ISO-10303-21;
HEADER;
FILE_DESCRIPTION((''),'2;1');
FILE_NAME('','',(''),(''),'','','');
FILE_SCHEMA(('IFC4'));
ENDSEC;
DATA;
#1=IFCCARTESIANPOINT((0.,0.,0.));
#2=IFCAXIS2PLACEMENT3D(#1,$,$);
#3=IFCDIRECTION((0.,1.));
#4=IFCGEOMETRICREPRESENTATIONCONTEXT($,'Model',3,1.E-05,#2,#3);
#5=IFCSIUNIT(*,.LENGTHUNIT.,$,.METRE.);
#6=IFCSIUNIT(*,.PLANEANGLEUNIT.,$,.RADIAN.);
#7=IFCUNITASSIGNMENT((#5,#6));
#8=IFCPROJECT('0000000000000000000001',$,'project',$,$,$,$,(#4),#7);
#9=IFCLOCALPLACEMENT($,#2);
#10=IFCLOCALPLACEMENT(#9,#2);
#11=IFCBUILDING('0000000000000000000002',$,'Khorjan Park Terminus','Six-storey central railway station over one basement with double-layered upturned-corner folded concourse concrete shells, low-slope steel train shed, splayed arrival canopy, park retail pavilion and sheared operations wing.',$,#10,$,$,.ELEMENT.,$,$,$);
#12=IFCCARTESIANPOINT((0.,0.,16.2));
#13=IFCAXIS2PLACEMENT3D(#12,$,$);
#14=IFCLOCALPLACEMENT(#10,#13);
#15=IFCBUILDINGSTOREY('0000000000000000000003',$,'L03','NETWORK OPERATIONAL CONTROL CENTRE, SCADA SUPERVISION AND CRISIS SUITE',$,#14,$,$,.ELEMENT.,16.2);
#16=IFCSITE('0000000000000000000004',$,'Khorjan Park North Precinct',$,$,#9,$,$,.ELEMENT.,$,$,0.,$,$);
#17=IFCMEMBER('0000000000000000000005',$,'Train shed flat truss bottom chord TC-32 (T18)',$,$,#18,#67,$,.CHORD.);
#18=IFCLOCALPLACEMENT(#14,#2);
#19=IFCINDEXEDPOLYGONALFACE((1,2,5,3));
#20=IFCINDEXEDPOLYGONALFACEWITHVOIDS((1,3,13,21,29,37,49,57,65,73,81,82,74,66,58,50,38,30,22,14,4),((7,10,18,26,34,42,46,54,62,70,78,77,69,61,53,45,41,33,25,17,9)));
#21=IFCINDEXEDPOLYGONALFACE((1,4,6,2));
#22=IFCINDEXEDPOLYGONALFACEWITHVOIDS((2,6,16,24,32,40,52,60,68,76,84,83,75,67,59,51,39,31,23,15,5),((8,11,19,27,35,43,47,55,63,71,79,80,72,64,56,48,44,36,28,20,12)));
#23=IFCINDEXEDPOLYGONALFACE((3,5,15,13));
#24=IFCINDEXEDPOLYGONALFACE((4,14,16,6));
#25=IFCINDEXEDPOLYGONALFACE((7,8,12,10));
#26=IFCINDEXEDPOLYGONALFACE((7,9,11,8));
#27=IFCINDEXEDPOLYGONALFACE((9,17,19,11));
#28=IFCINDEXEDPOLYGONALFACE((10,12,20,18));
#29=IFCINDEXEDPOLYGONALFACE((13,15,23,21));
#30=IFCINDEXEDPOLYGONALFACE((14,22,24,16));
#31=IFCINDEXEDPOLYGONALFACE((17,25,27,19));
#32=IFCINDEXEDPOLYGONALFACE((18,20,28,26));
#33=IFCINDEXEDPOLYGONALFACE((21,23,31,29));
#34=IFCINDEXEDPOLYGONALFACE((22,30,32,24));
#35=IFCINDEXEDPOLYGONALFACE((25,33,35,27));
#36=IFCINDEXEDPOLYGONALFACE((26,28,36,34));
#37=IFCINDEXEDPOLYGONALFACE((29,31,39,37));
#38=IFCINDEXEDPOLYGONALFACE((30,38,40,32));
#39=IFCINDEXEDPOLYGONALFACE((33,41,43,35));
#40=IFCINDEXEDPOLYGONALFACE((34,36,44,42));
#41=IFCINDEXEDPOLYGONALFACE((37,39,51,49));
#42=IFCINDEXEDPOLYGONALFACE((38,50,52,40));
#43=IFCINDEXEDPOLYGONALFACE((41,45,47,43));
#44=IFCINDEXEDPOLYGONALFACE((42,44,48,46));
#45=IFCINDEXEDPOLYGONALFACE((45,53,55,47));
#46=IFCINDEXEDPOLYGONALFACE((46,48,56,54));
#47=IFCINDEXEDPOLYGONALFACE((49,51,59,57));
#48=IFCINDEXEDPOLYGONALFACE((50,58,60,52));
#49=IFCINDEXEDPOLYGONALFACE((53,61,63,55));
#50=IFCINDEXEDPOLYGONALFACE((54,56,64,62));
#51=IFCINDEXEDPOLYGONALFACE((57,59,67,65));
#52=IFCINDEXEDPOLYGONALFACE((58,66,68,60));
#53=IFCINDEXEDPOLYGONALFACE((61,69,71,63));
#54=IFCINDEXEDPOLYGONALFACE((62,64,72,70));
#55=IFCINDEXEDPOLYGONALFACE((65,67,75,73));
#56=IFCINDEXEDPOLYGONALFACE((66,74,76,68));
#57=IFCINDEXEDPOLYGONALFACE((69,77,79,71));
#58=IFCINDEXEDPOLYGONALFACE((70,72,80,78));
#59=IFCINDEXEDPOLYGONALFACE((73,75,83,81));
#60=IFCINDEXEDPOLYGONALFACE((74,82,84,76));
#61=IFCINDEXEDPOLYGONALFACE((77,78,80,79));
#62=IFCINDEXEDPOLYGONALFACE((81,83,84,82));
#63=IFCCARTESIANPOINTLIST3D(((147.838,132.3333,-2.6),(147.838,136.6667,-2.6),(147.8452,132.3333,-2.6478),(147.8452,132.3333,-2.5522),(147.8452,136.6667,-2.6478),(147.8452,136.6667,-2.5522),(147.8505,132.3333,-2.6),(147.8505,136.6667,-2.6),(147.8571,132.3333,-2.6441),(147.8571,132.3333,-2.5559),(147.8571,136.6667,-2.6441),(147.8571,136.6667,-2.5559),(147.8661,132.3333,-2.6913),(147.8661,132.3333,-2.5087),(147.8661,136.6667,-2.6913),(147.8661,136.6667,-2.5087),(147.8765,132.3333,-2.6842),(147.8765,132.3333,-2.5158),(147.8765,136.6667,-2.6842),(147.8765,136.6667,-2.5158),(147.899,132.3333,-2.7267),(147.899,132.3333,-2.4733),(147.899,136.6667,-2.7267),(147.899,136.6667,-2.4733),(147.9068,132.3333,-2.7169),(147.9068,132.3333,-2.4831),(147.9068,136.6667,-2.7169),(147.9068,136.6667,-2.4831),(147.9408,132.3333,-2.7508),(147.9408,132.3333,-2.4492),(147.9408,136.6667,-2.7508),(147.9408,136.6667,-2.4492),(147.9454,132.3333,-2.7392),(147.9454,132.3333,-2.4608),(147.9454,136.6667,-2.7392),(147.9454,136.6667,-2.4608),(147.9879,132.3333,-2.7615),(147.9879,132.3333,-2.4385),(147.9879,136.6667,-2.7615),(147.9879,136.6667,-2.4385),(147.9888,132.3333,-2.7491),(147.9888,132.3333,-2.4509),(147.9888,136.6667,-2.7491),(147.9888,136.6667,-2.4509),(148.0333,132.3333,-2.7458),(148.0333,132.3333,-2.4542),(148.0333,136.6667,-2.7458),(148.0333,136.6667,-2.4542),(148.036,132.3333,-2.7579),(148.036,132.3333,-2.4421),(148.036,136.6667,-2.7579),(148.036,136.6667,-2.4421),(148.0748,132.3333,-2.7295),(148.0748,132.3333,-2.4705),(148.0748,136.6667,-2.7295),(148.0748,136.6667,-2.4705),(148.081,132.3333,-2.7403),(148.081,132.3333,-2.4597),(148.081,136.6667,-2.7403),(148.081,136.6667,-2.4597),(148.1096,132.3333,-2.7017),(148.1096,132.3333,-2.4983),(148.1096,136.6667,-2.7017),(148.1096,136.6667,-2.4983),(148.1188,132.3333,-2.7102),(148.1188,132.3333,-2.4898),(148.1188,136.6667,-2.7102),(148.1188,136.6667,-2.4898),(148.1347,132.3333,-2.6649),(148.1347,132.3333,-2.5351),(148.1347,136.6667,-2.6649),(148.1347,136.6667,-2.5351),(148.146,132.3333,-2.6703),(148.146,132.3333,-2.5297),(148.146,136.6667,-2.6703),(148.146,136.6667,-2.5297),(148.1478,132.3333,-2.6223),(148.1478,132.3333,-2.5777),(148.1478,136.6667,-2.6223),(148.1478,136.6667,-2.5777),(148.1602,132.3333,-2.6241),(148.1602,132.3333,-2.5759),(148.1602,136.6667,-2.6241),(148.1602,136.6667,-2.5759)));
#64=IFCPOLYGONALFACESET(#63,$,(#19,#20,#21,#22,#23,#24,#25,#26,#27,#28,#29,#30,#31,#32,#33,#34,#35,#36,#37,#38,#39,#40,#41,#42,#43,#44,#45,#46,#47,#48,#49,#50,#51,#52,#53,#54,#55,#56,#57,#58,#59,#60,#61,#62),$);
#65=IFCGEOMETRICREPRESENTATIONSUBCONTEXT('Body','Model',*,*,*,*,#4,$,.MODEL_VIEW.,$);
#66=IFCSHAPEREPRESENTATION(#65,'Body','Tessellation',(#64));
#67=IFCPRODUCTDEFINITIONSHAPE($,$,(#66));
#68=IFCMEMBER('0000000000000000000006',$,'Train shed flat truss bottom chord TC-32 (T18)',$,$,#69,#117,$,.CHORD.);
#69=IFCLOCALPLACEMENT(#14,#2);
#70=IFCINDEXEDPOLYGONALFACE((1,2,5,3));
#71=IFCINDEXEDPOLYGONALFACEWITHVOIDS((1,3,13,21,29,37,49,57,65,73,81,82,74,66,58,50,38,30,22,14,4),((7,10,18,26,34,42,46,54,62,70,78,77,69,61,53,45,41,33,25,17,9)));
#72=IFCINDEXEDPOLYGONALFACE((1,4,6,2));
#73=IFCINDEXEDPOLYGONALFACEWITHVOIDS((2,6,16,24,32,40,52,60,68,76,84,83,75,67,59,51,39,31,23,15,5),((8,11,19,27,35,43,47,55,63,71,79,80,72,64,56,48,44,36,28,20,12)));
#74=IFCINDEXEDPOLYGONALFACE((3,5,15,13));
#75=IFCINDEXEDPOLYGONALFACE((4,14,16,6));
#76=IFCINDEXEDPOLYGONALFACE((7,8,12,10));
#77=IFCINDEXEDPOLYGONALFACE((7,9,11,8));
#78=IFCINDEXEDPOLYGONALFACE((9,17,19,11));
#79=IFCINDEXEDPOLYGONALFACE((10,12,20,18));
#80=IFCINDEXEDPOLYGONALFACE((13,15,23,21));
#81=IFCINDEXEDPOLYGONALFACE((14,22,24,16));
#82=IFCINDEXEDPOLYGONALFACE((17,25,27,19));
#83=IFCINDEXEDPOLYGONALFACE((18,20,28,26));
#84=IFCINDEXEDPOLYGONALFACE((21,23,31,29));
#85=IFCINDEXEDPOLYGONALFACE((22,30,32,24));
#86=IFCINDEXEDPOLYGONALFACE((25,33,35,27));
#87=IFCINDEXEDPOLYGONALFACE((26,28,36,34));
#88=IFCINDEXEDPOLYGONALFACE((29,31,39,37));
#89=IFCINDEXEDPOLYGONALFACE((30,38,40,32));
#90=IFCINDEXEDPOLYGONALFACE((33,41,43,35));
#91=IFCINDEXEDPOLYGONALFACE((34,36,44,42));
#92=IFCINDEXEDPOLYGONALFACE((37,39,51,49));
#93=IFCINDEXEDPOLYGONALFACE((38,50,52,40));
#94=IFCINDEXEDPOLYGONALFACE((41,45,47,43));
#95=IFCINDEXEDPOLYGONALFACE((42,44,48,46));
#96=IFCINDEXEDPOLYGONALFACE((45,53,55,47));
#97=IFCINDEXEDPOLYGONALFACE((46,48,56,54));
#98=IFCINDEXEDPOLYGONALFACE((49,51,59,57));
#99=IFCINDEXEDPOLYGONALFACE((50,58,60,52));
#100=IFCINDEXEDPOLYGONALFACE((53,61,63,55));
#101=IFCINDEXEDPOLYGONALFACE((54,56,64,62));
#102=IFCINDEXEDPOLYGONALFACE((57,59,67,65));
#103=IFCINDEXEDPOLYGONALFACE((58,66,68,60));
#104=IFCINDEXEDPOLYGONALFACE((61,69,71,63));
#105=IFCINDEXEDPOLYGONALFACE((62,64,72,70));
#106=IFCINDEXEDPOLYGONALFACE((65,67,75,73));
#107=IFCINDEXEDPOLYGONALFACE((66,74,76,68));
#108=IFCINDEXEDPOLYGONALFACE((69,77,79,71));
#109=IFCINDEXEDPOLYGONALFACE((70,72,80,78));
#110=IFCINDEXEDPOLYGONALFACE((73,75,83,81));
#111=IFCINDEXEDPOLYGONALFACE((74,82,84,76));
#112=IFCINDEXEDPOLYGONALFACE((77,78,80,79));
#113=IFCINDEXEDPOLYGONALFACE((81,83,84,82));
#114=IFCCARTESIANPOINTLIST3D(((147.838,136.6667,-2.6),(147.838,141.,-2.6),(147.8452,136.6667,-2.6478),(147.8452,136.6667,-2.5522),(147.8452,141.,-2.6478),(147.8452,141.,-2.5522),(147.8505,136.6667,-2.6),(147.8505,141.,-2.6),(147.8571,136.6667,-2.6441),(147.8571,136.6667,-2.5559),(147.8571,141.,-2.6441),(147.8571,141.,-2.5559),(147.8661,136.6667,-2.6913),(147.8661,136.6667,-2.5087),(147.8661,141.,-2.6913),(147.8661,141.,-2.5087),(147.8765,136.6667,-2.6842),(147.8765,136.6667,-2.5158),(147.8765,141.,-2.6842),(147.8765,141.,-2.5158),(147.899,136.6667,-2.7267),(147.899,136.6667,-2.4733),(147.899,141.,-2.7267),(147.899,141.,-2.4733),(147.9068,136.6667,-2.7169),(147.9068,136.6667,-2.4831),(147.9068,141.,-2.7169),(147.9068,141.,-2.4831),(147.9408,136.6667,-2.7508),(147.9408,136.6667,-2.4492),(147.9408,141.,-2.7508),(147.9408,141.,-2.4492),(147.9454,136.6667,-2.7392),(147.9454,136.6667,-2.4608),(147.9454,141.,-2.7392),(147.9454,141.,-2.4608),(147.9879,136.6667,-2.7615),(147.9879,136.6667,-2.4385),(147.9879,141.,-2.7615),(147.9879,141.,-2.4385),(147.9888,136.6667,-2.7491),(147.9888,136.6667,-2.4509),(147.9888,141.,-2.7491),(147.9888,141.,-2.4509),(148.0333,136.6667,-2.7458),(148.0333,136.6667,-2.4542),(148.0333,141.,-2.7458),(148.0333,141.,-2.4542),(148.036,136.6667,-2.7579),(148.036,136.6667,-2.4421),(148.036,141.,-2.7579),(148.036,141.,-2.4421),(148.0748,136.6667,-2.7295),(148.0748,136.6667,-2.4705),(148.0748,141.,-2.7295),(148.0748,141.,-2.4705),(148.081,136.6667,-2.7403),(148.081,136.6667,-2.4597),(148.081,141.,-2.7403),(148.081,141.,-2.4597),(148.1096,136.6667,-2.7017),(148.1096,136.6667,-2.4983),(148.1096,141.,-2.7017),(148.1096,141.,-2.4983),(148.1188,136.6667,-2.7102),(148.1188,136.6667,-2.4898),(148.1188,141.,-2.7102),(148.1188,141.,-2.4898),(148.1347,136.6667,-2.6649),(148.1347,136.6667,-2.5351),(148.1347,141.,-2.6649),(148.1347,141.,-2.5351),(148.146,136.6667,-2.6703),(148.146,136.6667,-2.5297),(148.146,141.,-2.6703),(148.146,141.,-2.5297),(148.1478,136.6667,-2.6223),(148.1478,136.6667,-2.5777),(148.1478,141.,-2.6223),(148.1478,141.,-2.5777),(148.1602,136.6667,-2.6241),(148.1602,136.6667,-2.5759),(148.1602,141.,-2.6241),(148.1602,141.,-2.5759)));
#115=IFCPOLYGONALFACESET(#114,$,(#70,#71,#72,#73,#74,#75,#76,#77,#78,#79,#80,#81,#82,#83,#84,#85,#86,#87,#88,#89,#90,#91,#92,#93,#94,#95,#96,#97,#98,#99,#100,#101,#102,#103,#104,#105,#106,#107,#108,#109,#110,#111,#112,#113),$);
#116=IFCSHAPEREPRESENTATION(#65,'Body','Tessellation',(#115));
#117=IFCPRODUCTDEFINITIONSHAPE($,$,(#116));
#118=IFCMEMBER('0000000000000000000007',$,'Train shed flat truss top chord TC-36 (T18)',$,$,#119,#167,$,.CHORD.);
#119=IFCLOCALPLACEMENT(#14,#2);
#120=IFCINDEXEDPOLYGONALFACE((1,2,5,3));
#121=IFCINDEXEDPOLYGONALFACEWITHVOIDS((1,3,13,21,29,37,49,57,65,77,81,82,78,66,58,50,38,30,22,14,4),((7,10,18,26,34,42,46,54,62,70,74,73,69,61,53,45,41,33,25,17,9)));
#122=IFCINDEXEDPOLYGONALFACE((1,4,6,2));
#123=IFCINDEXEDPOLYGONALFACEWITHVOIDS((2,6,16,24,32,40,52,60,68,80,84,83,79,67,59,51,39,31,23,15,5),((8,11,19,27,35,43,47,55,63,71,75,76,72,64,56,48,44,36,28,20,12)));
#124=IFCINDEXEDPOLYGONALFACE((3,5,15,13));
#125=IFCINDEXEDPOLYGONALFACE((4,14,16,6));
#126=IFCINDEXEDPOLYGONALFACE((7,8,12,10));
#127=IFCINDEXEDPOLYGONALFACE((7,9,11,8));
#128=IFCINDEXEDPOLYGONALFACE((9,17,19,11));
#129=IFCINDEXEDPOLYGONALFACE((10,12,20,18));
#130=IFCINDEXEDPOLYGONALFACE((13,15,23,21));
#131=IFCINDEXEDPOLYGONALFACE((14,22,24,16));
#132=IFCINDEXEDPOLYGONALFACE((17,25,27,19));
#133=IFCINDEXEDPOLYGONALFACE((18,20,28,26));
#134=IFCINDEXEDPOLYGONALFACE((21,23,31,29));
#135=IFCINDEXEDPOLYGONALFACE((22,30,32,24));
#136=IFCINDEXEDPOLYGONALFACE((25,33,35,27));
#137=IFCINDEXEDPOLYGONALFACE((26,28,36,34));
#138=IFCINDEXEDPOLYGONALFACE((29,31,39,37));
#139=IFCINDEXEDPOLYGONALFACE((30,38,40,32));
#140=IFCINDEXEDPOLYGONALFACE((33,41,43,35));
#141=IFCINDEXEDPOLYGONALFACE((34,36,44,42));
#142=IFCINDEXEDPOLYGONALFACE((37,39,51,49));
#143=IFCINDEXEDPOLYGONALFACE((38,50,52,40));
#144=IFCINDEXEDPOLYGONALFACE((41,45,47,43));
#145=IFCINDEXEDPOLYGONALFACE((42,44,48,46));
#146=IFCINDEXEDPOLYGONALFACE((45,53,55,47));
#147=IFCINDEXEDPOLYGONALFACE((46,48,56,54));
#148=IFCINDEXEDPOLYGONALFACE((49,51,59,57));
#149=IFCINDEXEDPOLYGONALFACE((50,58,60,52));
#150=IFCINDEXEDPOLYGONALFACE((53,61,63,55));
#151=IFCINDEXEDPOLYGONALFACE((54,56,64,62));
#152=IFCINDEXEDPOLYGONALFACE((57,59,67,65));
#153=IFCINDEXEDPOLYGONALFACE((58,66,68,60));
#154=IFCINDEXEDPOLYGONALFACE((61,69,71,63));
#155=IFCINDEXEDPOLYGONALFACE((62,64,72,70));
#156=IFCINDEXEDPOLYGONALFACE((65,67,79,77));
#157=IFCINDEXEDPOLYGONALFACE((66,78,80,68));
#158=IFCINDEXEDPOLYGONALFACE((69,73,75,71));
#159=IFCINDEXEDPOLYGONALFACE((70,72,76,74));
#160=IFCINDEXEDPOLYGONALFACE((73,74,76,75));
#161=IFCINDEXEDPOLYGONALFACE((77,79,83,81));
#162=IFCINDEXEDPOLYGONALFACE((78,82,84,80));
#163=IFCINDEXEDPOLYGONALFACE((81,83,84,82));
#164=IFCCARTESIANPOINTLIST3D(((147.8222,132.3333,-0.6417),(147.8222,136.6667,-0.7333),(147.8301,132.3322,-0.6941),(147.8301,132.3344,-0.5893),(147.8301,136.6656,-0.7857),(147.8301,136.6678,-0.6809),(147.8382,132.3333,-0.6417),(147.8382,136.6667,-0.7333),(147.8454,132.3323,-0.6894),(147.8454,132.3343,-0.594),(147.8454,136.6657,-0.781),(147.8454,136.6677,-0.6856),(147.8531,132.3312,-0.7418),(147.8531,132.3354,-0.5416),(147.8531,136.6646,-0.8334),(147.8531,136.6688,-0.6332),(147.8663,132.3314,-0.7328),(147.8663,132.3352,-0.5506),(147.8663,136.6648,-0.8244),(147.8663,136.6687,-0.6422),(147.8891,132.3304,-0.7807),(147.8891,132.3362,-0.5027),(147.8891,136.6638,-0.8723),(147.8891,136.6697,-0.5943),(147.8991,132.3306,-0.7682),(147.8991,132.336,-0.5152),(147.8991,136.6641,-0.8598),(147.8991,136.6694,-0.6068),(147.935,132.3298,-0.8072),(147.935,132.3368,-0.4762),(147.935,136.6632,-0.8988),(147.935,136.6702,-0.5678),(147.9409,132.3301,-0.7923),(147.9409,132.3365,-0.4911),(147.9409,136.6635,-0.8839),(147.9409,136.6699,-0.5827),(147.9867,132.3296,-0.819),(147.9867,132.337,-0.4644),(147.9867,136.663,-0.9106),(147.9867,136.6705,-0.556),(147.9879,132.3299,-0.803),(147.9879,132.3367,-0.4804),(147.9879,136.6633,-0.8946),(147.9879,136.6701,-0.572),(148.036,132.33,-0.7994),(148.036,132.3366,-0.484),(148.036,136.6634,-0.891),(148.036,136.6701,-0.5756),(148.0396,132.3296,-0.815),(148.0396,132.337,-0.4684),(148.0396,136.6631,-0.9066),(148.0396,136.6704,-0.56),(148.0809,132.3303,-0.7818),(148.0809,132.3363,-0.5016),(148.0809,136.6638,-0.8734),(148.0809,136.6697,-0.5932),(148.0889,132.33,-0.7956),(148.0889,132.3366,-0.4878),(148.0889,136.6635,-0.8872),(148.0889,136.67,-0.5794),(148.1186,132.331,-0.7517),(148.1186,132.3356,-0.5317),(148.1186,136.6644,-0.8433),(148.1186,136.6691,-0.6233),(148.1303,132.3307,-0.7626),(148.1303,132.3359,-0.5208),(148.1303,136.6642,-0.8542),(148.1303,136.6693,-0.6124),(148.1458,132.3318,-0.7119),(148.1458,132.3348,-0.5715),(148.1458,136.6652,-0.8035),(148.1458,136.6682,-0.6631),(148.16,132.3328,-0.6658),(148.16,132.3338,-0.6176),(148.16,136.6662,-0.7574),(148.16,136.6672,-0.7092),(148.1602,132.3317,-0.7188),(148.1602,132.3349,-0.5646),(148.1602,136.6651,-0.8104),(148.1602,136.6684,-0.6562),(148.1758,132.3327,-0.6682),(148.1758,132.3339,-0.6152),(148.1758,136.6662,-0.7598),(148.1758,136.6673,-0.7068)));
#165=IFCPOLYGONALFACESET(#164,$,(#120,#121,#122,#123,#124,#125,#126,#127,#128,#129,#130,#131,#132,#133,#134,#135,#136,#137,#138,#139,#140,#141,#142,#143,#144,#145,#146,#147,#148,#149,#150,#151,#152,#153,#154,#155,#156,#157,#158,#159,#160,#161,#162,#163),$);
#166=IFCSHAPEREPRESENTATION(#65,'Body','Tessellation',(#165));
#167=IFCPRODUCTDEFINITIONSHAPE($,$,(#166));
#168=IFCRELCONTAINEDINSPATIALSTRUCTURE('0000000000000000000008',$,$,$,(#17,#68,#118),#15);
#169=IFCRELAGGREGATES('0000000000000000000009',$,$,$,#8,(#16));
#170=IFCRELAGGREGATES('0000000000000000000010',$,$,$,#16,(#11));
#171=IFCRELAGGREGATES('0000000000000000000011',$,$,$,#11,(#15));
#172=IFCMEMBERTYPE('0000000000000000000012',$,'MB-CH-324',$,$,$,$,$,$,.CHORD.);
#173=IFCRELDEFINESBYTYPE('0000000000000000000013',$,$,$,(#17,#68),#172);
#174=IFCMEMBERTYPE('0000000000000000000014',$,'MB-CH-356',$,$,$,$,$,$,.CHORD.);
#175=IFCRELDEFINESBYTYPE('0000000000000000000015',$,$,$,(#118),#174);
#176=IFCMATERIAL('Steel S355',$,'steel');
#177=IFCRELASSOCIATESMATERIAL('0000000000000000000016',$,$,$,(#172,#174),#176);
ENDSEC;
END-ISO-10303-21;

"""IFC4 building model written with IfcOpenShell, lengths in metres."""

from ifc_helpers import new_model, si_unit, direction, frame, origin, origin_2d, place, context, subcontext, project, spatial, hollow_circle, extrude, material, material_profile, profile_set, type_object, element, save


model = new_model("IFC4")

# Units and contexts
model_context = context("Model", 3, precision=1e-05, world=origin(), true_north=direction((0.0, 1.0)))
body_context = subcontext(model_context, "Body", "Model", "MODEL_VIEW")
ifc_project = project(units=[si_unit("LENGTHUNIT", "METRE"), si_unit("PLANEANGLEUNIT", "RADIAN")], contexts=[model_context])

# Site, building, storey
site_placement = place(None, origin())
site = spatial("IfcSite", under=ifc_project, at=site_placement, Name="Khorjan Park North Precinct", CompositionType="ELEMENT", RefElevation=0.0)
building_placement = place(site_placement, origin())
building = spatial("IfcBuilding", under=site, at=building_placement, Name="Khorjan Park Terminus", Description="Six-storey central railway station over one basement with double-layered upturned-corner folded concourse concrete shells, low-slope steel train shed, splayed arrival canopy, park retail pavilion and sheared operations wing.", CompositionType="ELEMENT")
storey_placement = place(building_placement, frame((0.0, 0.0, 16.2)))
storey = spatial("IfcBuildingStorey", under=building, at=storey_placement, Name="L03", Description="NETWORK OPERATIONAL CONTROL CENTRE, SCADA SUPERVISION AND CRISIS SUITE", CompositionType="ELEMENT", Elevation=16.2)

# Members
ifc_material = material(Name="Steel S355", Category="steel")
ifc_material_profile_1 = material_profile(ifc_material, hollow_circle(Radius=0.162, WallThickness=0.0125, at=origin_2d()), Name="CHS 323.9x12.5")
ifc_profile_set_1 = profile_set([ifc_material_profile_1], Name="Steel S355")
member_type_1 = type_object("IfcMemberType", Name="MB-CH-324", PredefinedType="CHORD", material=ifc_profile_set_1)
member_1_placement = place(storey_placement, frame((148.0, 132.3333, -2.6), z_axis=(0.0, 1.0, 0.0), x_axis=(-1.0, 0.0, 0.0)))
element("IfcMember", 1, at=member_1_placement, inside=storey, type_object=member_type_1, Name="Train shed flat truss bottom chord TC-32 (T18)", PredefinedType="CHORD", context=body_context, shape_type="SweptSolid", body=[
    extrude(hollow_circle(Radius=0.162, WallThickness=0.0125, at=origin_2d()), origin(), (0.0, 0.0, 1.0), 4.3334),
])
member_2_placement = place(storey_placement, frame((148.0, 136.6667, -2.6), z_axis=(0.0, 1.0, 0.0), x_axis=(-1.0, 0.0, 0.0)))
element("IfcMember", 2, at=member_2_placement, inside=storey, type_object=member_type_1, Name="Train shed flat truss bottom chord TC-32 (T18)", PredefinedType="CHORD", context=body_context, shape_type="SweptSolid", body=[
    extrude(hollow_circle(Radius=0.162, WallThickness=0.0125, at=origin_2d()), origin(), (0.0, 0.0, 1.0), 4.3333),
])
ifc_material_profile_2 = material_profile(ifc_material, hollow_circle(Radius=0.1778, WallThickness=0.016, at=origin_2d()), Name="CHS 355.6x16")
ifc_profile_set_2 = profile_set([ifc_material_profile_2], Name="Steel S355")
member_type_2 = type_object("IfcMemberType", Name="MB-CH-356", PredefinedType="CHORD", material=ifc_profile_set_2)
member_3_placement = place(storey_placement, frame((148.0, 132.3333, -0.6417), z_axis=(0.0, 0.999777, -0.021133), x_axis=(-1.0, 0.0, 0.0)))
element("IfcMember", 3, at=member_3_placement, inside=storey, type_object=member_type_2, Name="Train shed flat truss top chord TC-36 (T18)", PredefinedType="CHORD", context=body_context, shape_type="SweptSolid", body=[
    extrude(hollow_circle(Radius=0.1778, WallThickness=0.016, at=origin_2d()), origin(), (0.0, 0.0, 1.0), 4.3344),
])

save(model, "model.ifc")
